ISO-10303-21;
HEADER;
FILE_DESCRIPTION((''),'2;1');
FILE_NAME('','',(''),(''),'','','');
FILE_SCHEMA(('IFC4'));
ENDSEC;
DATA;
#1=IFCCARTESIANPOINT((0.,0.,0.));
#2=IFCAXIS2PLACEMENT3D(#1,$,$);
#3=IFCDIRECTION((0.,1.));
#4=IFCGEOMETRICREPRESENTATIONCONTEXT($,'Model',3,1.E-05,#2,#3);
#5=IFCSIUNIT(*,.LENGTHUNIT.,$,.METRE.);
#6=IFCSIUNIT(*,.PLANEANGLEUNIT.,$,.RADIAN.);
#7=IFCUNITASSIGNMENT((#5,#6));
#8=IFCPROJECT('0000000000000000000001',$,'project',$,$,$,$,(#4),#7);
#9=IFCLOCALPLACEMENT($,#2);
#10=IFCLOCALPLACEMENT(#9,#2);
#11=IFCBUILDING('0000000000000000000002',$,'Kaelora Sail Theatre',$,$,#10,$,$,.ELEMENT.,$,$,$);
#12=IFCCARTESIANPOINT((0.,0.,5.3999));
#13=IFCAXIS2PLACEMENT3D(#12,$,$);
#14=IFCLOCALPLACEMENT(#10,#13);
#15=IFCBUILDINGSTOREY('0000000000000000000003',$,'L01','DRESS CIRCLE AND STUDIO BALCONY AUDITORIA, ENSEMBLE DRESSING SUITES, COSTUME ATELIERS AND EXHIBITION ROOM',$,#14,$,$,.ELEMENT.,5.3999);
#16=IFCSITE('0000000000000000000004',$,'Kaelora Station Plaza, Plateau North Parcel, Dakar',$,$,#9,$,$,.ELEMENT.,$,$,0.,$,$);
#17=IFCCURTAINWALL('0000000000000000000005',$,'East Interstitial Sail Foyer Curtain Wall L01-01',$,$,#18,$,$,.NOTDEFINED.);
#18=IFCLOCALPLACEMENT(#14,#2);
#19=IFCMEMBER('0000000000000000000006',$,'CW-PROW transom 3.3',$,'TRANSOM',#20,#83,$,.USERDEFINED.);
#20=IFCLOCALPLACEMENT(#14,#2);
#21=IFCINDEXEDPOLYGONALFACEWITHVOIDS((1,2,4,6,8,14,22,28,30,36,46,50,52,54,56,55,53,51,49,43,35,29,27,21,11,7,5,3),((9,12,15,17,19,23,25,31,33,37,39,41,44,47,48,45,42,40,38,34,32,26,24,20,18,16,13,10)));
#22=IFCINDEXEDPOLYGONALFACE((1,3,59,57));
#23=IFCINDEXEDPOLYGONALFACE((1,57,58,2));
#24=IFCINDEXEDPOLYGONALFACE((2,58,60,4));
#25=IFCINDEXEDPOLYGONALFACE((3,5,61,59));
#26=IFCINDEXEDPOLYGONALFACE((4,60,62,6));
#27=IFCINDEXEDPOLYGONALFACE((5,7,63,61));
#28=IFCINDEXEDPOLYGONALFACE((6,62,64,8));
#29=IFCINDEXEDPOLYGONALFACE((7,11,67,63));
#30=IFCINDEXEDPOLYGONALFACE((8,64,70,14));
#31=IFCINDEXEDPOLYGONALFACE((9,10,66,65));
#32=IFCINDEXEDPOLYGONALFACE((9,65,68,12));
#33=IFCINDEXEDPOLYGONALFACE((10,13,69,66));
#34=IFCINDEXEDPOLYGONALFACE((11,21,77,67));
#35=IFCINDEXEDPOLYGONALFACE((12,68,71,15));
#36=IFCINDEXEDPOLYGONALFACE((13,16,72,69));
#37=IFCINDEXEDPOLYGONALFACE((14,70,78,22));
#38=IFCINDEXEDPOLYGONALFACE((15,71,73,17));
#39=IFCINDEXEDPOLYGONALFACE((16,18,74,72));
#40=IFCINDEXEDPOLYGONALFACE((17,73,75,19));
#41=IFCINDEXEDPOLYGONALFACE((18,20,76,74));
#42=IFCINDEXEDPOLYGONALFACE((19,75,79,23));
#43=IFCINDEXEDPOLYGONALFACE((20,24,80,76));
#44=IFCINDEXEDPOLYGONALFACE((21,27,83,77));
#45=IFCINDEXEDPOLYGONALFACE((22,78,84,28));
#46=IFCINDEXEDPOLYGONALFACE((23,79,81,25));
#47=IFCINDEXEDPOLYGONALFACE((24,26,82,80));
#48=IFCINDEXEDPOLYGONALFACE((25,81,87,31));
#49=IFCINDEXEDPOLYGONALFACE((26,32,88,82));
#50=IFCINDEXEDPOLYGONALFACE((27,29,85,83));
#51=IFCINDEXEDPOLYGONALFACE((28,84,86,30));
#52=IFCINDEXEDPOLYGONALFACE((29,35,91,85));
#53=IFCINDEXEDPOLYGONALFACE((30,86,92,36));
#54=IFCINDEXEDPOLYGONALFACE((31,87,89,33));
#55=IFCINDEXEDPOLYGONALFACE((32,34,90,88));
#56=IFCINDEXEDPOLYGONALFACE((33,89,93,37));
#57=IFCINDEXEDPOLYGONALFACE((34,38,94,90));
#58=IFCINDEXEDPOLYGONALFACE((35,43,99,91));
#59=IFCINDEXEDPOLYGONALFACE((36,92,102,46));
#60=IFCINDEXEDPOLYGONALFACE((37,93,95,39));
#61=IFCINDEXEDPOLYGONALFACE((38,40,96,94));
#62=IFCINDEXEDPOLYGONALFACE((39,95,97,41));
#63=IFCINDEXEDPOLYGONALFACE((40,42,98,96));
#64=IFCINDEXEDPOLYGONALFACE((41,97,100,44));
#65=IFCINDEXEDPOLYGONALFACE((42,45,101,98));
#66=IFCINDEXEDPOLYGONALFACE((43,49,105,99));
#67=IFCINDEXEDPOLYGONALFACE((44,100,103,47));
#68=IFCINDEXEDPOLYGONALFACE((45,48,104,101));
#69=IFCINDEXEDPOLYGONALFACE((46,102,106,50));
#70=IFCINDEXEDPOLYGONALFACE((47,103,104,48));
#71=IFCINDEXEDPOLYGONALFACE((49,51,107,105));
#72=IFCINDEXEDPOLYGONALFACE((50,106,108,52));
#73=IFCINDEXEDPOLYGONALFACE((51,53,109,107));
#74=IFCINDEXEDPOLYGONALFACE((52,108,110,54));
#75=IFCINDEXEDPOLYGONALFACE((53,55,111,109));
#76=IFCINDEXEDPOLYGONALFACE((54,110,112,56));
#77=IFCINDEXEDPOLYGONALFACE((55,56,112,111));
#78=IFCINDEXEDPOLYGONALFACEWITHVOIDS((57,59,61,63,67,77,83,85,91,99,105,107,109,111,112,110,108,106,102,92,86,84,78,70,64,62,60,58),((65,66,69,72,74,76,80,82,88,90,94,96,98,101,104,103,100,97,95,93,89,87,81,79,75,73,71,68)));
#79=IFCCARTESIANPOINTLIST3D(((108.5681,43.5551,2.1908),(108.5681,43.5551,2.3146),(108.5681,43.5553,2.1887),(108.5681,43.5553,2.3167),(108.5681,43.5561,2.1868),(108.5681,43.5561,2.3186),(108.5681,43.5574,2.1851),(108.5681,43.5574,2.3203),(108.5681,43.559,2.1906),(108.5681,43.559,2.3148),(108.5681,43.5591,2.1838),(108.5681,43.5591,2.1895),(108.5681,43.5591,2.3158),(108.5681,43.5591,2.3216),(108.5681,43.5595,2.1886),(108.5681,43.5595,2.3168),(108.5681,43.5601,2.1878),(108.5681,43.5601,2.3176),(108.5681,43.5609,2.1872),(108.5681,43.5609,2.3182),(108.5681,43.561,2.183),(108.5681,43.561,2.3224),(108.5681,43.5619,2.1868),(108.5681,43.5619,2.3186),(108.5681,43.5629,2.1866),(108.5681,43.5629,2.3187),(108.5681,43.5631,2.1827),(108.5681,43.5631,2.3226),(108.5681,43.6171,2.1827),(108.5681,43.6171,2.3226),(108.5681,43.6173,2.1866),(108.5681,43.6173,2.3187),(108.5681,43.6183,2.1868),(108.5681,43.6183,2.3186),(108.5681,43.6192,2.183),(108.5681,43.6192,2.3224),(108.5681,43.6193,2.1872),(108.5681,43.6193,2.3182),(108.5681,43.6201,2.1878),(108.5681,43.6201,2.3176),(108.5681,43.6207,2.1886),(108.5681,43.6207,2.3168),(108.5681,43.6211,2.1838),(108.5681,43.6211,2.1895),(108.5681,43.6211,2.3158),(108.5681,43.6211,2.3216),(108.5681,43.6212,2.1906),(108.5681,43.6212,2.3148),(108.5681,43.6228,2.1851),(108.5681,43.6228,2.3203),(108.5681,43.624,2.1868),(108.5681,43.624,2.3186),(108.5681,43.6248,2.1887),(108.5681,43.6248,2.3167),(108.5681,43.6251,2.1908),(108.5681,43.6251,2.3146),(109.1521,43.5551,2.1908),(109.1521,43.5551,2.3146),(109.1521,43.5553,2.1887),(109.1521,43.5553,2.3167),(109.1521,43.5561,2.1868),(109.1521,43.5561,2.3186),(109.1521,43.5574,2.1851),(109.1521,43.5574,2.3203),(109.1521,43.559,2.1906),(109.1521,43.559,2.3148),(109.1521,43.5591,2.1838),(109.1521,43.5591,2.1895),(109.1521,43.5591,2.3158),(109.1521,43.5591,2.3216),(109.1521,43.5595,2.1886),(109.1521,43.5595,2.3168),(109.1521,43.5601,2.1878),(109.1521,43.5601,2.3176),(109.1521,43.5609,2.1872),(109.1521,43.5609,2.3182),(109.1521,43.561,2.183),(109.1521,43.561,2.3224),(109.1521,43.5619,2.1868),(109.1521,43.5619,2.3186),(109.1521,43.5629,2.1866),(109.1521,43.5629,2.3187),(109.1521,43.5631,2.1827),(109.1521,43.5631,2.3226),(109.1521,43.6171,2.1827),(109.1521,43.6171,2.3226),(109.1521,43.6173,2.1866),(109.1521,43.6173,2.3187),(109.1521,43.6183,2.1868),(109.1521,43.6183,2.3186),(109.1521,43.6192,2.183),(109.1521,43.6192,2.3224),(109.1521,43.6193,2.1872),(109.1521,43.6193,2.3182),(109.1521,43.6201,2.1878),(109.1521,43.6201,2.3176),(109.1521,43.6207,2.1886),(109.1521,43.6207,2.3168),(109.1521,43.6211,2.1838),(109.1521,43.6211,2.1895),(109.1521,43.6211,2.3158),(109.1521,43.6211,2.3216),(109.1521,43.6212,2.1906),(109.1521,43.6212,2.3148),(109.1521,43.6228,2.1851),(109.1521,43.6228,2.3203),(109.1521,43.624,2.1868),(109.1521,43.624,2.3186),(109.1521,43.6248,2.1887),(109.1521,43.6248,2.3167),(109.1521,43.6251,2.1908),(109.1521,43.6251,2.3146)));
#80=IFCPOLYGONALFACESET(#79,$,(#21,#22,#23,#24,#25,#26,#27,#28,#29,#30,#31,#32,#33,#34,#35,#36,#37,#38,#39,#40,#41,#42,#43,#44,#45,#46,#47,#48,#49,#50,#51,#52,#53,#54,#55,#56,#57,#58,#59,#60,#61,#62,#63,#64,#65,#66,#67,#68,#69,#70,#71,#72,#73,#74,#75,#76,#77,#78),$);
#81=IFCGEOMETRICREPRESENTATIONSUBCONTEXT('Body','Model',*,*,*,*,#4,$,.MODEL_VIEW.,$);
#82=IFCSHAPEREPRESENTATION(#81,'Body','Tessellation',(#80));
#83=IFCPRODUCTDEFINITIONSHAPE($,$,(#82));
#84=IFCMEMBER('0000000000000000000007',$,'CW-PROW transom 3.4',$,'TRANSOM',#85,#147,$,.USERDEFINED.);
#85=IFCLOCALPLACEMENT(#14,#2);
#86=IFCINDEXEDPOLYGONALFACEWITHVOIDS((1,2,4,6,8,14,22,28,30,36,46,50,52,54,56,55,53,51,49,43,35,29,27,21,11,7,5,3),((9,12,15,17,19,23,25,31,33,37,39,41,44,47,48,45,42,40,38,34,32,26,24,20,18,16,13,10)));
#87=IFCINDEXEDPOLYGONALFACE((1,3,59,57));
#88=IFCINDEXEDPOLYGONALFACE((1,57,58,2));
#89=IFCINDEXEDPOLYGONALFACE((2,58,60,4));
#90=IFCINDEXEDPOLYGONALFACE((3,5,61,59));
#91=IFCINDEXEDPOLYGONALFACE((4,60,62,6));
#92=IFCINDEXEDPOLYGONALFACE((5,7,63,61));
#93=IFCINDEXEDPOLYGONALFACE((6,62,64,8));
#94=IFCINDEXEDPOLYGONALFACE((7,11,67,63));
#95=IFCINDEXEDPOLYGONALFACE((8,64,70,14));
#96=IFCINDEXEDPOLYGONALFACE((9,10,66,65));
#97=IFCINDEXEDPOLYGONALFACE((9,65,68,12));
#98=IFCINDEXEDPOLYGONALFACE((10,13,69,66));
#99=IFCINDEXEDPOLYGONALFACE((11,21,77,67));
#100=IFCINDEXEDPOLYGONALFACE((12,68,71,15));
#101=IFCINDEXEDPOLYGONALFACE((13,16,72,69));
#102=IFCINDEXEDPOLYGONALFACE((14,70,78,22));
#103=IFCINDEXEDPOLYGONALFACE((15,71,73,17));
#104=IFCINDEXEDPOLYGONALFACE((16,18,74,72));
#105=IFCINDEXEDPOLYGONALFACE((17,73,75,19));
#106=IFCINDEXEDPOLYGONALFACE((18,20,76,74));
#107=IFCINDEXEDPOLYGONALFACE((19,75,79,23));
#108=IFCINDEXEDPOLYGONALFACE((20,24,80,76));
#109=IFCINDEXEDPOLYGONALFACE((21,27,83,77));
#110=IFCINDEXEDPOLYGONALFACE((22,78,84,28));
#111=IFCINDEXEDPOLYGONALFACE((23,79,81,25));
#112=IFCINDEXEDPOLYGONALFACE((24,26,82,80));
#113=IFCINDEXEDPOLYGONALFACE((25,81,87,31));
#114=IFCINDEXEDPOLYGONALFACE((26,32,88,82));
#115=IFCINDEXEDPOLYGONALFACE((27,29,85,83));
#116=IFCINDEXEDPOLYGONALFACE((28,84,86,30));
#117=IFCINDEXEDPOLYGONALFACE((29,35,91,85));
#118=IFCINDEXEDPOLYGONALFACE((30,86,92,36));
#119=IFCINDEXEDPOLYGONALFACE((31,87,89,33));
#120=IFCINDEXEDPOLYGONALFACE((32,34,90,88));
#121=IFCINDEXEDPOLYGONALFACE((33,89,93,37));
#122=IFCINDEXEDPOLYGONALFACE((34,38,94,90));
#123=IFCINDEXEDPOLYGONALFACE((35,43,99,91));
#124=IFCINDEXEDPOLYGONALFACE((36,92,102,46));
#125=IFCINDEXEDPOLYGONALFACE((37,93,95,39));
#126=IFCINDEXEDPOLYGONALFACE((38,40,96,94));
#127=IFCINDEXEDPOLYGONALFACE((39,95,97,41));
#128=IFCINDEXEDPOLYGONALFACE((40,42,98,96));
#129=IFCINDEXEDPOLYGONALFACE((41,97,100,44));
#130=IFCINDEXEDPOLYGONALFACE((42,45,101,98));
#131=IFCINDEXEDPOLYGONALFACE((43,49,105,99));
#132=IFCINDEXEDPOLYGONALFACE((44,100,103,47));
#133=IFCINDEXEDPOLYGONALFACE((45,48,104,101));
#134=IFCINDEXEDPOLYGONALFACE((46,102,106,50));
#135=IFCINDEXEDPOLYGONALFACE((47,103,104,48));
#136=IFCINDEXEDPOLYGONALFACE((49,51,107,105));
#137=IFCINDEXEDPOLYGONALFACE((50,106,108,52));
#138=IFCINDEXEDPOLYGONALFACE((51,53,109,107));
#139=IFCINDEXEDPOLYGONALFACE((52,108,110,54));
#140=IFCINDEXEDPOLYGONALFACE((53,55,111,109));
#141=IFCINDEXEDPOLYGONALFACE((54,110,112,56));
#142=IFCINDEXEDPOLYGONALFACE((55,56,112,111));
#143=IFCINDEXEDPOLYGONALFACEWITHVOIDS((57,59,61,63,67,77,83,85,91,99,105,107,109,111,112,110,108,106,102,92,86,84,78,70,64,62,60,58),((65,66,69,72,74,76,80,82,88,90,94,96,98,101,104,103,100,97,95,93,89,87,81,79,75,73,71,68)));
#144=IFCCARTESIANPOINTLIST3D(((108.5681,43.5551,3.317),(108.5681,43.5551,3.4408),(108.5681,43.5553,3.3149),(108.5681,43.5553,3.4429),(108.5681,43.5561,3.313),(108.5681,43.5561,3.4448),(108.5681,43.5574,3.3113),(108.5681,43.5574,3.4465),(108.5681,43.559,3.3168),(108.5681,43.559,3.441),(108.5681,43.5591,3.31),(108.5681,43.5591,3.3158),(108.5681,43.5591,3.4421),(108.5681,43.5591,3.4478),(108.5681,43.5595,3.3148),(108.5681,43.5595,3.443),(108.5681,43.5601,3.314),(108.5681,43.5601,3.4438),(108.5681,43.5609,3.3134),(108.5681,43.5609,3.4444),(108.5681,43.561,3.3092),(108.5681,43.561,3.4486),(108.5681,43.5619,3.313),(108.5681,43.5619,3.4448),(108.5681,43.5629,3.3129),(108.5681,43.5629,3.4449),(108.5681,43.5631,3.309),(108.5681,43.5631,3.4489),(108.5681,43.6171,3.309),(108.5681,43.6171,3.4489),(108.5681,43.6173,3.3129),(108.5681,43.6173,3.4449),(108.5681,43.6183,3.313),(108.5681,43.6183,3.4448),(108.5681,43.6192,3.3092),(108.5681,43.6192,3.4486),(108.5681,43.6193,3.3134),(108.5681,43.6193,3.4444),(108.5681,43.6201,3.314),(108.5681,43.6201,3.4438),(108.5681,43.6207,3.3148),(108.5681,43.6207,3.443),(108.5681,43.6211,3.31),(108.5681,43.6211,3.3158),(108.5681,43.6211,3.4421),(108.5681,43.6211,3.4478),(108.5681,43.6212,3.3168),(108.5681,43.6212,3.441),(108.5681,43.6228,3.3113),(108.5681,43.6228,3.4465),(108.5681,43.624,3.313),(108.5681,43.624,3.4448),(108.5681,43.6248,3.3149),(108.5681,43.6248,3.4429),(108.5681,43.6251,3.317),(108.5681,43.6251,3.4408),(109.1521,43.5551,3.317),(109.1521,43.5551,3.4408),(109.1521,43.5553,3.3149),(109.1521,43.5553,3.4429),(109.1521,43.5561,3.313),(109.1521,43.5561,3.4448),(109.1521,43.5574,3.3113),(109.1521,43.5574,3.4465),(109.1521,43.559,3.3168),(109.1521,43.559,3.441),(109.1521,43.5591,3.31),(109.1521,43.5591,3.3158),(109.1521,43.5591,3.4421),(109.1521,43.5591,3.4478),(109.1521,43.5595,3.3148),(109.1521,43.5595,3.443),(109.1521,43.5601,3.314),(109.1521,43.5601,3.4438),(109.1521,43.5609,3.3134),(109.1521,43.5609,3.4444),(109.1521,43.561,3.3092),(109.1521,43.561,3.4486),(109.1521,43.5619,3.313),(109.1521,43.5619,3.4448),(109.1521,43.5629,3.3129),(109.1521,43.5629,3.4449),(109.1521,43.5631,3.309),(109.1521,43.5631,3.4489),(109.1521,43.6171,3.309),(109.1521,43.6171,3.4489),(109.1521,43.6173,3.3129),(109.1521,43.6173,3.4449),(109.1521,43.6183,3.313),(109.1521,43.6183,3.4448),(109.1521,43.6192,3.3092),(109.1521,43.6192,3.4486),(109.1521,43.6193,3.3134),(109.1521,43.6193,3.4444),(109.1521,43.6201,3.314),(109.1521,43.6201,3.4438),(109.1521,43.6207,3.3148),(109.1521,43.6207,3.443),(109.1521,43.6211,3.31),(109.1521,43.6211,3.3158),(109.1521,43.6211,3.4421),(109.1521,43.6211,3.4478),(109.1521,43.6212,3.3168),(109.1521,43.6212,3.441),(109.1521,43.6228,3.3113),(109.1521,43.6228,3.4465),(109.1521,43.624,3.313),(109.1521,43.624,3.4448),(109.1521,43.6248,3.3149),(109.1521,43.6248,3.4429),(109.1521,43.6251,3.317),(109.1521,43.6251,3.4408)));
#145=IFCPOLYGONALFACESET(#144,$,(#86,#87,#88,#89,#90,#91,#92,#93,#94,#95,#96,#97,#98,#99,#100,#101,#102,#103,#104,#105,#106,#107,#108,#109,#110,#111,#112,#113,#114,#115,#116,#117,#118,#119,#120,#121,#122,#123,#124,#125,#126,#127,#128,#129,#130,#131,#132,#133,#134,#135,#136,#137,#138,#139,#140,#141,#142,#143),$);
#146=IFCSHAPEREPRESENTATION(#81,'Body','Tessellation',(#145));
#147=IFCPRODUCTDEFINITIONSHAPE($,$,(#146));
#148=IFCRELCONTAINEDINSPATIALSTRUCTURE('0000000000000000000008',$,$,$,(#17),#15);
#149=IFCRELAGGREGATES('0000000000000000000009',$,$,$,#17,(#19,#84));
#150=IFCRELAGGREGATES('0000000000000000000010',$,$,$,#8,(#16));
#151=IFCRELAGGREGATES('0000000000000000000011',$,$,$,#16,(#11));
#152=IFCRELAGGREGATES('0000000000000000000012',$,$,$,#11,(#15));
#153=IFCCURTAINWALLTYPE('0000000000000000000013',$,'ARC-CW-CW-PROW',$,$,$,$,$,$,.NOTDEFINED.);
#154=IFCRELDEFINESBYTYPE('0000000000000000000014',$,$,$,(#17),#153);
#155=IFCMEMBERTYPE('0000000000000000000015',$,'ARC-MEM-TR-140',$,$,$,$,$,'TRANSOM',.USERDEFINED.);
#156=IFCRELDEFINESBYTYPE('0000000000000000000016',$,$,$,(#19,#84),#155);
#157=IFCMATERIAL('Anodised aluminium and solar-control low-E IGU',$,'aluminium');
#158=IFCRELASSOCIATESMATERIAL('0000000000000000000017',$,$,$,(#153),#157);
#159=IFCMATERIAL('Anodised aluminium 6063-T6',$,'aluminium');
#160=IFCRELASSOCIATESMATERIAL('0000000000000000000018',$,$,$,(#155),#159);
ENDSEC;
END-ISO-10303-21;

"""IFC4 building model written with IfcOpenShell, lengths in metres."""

from ifc_helpers import new_model, si_unit, direction, frame, origin, origin_2d, place, context, subcontext, project, spatial, hollow_rectangle, extrude, material, material_profile, profile_set, type_object, element, aggregate, save


model = new_model("IFC4")

# Units and contexts
model_context = context("Model", 3, precision=1e-05, world=origin(), true_north=direction((0.0, 1.0)))
body_context = subcontext(model_context, "Body", "Model", "MODEL_VIEW")
ifc_project = project(units=[si_unit("LENGTHUNIT", "METRE"), si_unit("PLANEANGLEUNIT", "RADIAN")], contexts=[model_context])

# Site, building, storey
site_placement = place(None, origin())
site = spatial("IfcSite", under=ifc_project, at=site_placement, Name="Kaelora Station Plaza, Plateau North Parcel, Dakar", CompositionType="ELEMENT", RefElevation=0.0)
building_placement = place(site_placement, origin())
building = spatial("IfcBuilding", under=site, at=building_placement, Name="Kaelora Sail Theatre", CompositionType="ELEMENT")
storey_placement = place(building_placement, frame((0.0, 0.0, 5.3999)))
storey = spatial("IfcBuildingStorey", under=building, at=storey_placement, Name="L01", Description="DRESS CIRCLE AND STUDIO BALCONY AUDITORIA, ENSEMBLE DRESSING SUITES, COSTUME ATELIERS AND EXHIBITION ROOM", CompositionType="ELEMENT", Elevation=5.3999)

# Curtain wall, members
ifc_material_1 = material(Name="Anodised aluminium and solar-control low-E IGU", Category="aluminium")
curtain_wall_type = type_object("IfcCurtainWallType", Name="ARC-CW-CW-PROW", PredefinedType="NOTDEFINED", material=ifc_material_1)
curtain_wall_placement = place(storey_placement, origin())
curtain_wall = element("IfcCurtainWall", 1, at=curtain_wall_placement, inside=storey, type_object=curtain_wall_type, Name="East Interstitial Sail Foyer Curtain Wall L01-01", PredefinedType="NOTDEFINED")
ifc_material_2 = material(Name="Anodised aluminium 6063-T6", Category="aluminium")
ifc_material_profile = material_profile(ifc_material_2, hollow_rectangle(XDim=0.0701, YDim=0.1399, WallThickness=0.0039, InnerFilletRadius=0.0039, OuterFilletRadius=0.0081, at=origin_2d()), Name="ALU-TRAN 70x140x4")
ifc_profile_set = profile_set([ifc_material_profile], Name="Anodised aluminium 6063-T6")
member_type = type_object("IfcMemberType", Name="ARC-MEM-TR-140", ElementType="TRANSOM", PredefinedType="USERDEFINED", material=ifc_profile_set)
member_1_placement = place(storey_placement, frame((108.5681, 43.5901, 2.2527), z_axis=(1.0, 0.0, 0.0), x_axis=(0.0, 1.0, 0.0)))
member_1 = element("IfcMember", 2, at=member_1_placement, type_object=member_type, Name="CW-PROW transom 3.3", ObjectType="TRANSOM", PredefinedType="USERDEFINED", context=body_context, shape_type="SweptSolid", body=[
    extrude(hollow_rectangle(XDim=0.0701, YDim=0.1399, WallThickness=0.0039, InnerFilletRadius=0.0039, OuterFilletRadius=0.0081, at=origin_2d()), origin(), (0.0, 0.0, 1.0), 0.584),
])
member_2_placement = place(storey_placement, frame((108.5681, 43.5901, 3.3789), z_axis=(1.0, 0.0, 0.0), x_axis=(0.0, 1.0, 0.0)))
member_2 = element("IfcMember", 3, at=member_2_placement, type_object=member_type, Name="CW-PROW transom 3.4", ObjectType="TRANSOM", PredefinedType="USERDEFINED", context=body_context, shape_type="SweptSolid", body=[
    extrude(hollow_rectangle(XDim=0.0701, YDim=0.1399, WallThickness=0.0039, InnerFilletRadius=0.0039, OuterFilletRadius=0.0081, at=origin_2d()), origin(), (0.0, 0.0, 1.0), 0.584),
])
aggregate(curtain_wall, [member_1, member_2])

save(model, "model.ifc")
